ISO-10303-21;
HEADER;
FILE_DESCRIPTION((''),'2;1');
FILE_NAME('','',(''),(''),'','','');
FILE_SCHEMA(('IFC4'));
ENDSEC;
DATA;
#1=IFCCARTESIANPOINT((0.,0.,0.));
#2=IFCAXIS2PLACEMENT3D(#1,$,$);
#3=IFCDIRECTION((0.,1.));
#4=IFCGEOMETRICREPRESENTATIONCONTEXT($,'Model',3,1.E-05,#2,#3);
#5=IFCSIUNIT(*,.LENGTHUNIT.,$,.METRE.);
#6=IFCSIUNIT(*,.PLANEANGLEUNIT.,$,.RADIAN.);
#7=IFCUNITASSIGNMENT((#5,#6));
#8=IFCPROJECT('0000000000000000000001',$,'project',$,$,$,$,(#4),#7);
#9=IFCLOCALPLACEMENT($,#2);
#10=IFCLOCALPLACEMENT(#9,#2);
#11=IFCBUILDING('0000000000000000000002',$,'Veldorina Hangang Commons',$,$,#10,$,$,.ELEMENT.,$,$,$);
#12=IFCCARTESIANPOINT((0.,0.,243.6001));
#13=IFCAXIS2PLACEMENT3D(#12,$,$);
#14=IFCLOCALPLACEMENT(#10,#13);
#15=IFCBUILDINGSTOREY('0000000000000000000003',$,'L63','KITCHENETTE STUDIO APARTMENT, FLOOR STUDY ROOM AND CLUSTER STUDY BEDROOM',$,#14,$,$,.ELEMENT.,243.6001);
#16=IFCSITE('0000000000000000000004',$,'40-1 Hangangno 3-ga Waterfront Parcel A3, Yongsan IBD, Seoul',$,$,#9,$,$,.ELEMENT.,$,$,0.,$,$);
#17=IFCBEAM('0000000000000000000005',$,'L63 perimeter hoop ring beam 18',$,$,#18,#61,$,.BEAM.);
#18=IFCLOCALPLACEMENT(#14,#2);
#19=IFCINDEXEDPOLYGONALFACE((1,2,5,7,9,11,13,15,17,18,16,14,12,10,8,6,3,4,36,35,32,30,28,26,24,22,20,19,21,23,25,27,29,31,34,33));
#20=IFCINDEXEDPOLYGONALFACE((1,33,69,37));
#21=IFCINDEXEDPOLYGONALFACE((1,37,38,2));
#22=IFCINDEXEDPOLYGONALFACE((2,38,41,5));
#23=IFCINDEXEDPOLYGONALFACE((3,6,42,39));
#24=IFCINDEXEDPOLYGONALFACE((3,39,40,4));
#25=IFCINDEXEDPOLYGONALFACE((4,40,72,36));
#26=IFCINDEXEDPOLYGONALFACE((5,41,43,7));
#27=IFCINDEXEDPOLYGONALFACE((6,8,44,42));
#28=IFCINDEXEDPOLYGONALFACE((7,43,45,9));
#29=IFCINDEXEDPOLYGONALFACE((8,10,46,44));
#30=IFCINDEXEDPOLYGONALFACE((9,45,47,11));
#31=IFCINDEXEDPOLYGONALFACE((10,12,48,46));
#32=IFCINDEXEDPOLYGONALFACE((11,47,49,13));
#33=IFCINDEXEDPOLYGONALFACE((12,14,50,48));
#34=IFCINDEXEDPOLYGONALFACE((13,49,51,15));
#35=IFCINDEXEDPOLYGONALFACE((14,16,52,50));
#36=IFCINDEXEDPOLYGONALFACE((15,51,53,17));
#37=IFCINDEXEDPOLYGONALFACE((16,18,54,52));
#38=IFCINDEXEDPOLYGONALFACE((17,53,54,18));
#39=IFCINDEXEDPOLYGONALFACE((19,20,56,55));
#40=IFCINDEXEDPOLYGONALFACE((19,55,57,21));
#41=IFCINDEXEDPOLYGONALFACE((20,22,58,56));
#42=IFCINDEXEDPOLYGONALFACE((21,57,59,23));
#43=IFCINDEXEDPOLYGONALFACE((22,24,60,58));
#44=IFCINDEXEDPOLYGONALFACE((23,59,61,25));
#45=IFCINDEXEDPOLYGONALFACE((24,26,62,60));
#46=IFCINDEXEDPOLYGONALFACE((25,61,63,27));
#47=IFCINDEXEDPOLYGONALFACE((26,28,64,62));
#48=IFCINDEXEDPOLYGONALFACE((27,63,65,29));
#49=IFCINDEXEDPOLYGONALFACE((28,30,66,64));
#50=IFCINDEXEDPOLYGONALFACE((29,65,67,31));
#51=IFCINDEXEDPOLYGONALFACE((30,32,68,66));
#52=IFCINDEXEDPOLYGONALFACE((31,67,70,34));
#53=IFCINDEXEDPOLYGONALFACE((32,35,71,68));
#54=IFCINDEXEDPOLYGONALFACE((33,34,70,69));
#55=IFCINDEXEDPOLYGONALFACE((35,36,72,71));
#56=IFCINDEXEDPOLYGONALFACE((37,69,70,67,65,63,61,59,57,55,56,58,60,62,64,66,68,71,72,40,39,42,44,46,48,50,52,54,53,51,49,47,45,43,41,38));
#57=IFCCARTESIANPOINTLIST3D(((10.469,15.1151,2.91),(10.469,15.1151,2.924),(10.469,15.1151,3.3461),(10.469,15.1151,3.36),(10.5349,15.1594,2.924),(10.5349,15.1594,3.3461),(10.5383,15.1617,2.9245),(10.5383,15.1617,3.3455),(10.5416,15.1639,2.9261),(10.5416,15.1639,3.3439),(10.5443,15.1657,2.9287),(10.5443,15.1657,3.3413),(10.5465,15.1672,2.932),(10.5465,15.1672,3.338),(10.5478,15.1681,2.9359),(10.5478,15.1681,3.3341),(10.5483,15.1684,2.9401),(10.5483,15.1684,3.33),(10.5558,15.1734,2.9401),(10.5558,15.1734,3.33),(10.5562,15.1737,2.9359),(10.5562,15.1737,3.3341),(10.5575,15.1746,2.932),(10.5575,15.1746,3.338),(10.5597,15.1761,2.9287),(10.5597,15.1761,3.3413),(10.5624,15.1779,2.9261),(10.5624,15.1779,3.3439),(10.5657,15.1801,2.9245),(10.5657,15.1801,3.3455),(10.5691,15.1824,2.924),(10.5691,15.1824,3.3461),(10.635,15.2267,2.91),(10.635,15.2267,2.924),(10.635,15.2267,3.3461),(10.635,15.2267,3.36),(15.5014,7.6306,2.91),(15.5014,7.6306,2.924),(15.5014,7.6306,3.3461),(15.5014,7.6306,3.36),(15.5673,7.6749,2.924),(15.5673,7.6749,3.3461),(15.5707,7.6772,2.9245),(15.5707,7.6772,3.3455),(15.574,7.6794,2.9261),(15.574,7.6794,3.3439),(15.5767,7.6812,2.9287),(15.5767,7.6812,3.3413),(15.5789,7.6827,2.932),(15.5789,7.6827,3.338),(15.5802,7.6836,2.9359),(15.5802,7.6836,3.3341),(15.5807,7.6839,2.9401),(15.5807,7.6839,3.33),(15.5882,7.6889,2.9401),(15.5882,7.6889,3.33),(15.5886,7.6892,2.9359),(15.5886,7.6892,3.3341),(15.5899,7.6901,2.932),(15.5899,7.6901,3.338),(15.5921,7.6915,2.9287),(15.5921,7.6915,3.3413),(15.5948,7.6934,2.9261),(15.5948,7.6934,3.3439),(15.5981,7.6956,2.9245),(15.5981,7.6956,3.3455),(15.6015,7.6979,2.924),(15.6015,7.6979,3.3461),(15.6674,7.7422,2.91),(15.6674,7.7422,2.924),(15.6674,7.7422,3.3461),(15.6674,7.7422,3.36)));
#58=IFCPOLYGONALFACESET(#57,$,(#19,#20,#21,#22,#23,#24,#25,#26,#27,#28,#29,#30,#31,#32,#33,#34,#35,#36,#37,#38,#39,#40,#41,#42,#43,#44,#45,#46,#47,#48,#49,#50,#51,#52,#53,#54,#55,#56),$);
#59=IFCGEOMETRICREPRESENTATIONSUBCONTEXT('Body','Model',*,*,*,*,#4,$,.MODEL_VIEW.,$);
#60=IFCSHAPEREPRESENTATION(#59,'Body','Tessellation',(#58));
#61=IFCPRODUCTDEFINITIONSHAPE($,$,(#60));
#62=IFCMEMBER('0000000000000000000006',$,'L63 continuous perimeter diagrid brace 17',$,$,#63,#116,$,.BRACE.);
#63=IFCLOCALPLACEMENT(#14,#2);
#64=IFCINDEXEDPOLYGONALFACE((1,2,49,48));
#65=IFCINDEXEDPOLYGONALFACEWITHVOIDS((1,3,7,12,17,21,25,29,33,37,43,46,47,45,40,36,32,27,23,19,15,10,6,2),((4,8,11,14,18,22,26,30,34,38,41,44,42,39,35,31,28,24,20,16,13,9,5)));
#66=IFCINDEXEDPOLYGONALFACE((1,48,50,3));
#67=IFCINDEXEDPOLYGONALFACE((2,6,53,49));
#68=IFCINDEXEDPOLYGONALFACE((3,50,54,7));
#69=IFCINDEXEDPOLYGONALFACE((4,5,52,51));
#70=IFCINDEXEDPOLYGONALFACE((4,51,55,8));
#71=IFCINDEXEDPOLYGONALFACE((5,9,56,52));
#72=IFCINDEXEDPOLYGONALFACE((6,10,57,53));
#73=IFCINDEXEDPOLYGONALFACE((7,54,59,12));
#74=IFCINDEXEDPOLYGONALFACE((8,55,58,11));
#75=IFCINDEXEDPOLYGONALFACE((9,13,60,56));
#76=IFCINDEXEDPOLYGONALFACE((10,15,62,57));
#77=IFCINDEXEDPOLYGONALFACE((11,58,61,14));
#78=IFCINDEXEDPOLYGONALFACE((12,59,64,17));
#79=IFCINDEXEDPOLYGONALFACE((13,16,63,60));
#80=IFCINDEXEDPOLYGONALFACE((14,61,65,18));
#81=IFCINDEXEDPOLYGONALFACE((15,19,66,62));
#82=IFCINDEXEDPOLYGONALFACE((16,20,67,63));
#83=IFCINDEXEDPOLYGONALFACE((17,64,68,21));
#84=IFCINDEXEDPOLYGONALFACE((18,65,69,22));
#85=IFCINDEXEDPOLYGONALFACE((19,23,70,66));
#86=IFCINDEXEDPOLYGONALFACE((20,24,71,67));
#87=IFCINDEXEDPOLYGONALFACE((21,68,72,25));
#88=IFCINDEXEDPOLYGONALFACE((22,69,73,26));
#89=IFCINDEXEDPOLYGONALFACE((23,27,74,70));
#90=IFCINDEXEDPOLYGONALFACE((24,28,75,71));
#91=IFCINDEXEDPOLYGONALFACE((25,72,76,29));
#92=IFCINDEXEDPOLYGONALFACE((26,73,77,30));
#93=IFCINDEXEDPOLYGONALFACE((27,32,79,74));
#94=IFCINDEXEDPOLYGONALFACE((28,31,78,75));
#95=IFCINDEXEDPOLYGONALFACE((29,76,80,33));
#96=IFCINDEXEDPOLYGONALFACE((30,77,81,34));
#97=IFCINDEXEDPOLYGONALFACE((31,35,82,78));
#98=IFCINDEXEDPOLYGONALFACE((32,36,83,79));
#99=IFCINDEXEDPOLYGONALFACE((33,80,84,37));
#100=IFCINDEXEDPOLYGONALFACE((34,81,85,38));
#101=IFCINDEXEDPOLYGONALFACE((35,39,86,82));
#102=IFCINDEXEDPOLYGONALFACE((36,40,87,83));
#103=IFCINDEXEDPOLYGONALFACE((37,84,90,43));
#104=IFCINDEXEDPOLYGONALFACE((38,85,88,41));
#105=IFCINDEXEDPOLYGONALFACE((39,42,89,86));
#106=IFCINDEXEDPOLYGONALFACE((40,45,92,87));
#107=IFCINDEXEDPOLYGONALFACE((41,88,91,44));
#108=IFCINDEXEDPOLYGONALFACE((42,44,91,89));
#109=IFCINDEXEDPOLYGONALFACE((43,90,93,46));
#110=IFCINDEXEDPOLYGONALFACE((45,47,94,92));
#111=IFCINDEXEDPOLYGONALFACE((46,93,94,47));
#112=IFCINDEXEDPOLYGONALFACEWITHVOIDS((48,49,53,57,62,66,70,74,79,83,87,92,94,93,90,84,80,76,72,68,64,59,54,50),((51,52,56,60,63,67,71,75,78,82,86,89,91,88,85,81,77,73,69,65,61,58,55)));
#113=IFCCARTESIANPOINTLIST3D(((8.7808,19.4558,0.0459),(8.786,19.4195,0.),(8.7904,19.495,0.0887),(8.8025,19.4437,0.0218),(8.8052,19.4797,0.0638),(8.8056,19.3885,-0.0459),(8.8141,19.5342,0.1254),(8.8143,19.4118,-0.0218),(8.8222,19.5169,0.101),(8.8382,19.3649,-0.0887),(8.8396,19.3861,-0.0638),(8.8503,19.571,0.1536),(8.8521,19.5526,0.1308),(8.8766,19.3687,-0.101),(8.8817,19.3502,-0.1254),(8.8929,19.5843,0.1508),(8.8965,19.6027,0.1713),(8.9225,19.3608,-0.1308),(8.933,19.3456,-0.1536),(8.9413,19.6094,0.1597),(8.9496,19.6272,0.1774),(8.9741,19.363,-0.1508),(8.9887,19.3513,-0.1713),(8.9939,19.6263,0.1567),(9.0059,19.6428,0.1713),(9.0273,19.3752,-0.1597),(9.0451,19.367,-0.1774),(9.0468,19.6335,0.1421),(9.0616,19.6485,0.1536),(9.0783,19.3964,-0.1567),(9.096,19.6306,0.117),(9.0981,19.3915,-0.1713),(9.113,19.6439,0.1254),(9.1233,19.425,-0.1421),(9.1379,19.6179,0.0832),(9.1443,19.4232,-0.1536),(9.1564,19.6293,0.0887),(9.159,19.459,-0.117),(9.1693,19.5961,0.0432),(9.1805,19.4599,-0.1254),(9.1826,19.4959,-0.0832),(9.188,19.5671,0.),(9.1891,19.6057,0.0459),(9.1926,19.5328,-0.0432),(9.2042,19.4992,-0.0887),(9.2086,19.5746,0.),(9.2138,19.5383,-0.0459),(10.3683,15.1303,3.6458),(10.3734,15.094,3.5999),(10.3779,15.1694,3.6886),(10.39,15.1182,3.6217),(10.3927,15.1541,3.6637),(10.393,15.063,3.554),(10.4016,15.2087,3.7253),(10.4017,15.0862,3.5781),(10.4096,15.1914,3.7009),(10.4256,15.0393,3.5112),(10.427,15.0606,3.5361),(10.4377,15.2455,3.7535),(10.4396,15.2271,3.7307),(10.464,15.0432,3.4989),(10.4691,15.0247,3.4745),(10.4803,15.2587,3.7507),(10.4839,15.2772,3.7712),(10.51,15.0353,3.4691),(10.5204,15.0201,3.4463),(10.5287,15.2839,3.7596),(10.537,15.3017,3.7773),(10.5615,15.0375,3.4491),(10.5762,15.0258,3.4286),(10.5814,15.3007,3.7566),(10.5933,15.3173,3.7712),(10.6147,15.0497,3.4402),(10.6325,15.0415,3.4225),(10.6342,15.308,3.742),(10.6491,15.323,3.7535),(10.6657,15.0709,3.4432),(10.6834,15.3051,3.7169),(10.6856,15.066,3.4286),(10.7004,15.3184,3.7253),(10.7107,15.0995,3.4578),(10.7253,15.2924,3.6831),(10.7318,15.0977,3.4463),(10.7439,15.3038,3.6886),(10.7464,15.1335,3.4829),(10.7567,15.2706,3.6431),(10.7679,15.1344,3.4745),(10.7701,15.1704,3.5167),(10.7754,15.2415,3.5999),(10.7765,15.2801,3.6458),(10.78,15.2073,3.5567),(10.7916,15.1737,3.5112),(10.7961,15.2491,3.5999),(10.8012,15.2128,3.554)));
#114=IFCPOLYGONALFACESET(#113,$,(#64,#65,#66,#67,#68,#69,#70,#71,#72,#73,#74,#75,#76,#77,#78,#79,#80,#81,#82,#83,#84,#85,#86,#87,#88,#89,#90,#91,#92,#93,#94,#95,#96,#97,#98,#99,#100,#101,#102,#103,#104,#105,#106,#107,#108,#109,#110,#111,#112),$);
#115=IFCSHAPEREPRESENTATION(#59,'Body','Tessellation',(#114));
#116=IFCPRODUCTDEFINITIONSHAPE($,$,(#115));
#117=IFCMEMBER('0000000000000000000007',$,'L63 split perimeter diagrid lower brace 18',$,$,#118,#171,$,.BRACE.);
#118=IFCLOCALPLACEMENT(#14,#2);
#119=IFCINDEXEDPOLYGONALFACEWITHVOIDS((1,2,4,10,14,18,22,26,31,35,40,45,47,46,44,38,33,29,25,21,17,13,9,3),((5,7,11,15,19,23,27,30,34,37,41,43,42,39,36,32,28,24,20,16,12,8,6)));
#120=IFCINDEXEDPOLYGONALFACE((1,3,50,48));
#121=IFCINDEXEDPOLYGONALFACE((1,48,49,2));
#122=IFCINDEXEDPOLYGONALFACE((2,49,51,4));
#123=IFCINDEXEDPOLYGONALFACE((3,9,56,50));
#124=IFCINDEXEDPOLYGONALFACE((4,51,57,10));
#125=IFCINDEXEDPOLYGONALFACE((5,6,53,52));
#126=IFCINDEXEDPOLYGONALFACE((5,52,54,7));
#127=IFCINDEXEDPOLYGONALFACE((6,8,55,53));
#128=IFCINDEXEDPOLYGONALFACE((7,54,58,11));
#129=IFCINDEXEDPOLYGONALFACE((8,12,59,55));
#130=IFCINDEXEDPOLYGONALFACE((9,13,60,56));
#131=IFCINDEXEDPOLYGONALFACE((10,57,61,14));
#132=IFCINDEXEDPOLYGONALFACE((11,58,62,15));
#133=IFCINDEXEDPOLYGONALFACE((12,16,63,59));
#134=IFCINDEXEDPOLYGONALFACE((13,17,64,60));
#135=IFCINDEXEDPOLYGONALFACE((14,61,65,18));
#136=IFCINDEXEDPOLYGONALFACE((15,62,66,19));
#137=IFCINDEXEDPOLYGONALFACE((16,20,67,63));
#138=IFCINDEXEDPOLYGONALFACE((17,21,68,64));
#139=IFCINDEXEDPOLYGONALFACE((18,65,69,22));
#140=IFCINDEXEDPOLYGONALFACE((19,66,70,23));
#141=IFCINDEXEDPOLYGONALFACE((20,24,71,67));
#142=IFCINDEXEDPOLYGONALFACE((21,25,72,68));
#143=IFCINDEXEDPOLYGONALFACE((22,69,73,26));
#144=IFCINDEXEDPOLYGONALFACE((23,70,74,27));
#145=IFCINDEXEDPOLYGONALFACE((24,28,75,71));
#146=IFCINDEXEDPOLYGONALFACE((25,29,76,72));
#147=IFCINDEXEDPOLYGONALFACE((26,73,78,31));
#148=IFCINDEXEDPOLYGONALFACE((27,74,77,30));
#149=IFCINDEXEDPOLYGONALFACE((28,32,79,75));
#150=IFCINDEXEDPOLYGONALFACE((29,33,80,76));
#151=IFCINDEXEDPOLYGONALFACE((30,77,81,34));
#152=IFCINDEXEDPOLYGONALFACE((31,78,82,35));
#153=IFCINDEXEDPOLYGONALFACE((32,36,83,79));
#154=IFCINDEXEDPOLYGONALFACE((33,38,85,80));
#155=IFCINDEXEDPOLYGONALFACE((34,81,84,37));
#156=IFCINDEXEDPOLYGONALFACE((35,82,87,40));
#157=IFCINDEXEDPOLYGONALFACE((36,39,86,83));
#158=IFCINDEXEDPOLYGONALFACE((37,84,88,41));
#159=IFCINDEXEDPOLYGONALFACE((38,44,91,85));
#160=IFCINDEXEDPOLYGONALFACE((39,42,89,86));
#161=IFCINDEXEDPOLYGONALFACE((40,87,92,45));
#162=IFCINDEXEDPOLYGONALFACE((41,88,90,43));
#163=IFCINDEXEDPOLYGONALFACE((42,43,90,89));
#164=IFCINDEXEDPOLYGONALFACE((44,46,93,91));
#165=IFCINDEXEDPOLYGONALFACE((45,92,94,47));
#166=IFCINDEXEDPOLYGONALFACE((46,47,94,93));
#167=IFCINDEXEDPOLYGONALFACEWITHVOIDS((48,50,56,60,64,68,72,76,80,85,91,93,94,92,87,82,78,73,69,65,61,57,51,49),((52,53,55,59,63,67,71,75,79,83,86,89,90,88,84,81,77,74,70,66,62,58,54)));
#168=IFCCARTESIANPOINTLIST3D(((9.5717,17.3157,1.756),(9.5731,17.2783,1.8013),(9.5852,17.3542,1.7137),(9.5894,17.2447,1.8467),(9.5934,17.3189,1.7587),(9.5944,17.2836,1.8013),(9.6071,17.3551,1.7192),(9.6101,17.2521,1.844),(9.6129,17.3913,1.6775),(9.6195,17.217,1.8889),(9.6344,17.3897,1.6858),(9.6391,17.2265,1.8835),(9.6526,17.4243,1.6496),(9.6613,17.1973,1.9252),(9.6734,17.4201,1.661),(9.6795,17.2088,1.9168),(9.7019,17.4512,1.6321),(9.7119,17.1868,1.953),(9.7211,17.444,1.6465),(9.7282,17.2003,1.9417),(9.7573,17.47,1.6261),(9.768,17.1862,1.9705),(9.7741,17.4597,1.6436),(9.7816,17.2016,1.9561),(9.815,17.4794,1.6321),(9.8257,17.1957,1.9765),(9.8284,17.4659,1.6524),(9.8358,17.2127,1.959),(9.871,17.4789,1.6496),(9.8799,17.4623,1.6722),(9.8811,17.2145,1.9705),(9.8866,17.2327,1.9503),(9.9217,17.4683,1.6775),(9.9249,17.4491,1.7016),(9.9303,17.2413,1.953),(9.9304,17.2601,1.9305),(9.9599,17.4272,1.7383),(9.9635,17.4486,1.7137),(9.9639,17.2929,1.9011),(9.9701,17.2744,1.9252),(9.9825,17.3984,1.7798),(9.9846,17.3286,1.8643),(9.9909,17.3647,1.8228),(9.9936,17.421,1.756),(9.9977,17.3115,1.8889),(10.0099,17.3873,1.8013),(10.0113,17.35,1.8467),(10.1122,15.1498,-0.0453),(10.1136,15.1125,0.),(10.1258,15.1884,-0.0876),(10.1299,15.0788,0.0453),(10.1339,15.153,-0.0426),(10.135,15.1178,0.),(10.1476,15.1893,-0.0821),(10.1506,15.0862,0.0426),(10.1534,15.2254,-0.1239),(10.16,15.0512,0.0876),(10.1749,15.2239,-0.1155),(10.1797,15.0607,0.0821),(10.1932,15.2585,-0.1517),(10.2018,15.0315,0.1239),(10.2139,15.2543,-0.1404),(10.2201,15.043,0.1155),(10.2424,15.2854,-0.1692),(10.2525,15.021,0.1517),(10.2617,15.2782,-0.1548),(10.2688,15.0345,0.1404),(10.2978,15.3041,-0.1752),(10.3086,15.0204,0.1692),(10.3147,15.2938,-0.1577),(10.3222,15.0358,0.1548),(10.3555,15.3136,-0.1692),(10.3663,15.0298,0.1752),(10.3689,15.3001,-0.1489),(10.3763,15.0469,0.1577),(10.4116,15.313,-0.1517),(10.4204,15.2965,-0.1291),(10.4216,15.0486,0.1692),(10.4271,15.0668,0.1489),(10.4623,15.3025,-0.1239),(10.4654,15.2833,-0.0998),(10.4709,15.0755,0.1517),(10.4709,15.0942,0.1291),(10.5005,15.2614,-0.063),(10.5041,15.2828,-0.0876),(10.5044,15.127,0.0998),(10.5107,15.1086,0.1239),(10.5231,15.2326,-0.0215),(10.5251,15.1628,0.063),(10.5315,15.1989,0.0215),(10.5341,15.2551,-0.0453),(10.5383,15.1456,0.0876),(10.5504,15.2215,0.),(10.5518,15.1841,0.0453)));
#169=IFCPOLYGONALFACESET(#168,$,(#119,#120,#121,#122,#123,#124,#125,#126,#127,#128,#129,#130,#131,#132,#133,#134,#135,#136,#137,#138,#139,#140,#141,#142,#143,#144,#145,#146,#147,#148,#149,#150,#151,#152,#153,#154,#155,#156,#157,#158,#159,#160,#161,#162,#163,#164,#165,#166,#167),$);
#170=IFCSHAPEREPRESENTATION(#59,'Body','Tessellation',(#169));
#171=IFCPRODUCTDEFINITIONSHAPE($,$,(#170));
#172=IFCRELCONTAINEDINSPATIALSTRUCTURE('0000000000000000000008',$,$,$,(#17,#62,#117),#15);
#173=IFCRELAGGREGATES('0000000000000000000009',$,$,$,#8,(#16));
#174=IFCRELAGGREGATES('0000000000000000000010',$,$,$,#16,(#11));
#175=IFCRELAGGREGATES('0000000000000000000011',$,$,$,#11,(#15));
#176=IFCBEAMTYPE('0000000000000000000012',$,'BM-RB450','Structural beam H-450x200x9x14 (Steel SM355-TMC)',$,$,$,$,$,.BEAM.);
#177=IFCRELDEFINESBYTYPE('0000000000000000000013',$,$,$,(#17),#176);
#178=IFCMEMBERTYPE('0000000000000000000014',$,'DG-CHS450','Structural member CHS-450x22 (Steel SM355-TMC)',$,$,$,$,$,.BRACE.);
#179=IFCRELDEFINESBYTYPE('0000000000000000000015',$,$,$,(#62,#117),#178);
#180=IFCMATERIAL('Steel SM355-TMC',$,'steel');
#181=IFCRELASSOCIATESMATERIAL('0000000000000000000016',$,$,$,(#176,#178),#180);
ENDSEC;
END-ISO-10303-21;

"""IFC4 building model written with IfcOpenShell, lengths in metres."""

from ifc_helpers import new_model, si_unit, direction, frame, origin, origin_2d, place, context, subcontext, project, spatial, hollow_circle, i_section, extrude, material, material_profile, profile_set, type_object, element, save


model = new_model("IFC4")

# Units and contexts
model_context = context("Model", 3, precision=1e-05, world=origin(), true_north=direction((0.0, 1.0)))
body_context = subcontext(model_context, "Body", "Model", "MODEL_VIEW")
ifc_project = project(units=[si_unit("LENGTHUNIT", "METRE"), si_unit("PLANEANGLEUNIT", "RADIAN")], contexts=[model_context])

# Site, building, storey
site_placement = place(None, origin())
site = spatial("IfcSite", under=ifc_project, at=site_placement, Name="40-1 Hangangno 3-ga Waterfront Parcel A3, Yongsan IBD, Seoul", CompositionType="ELEMENT", RefElevation=0.0)
building_placement = place(site_placement, origin())
building = spatial("IfcBuilding", under=site, at=building_placement, Name="Veldorina Hangang Commons", CompositionType="ELEMENT")
storey_placement = place(building_placement, frame((0.0, 0.0, 243.6001)))
storey = spatial("IfcBuildingStorey", under=building, at=storey_placement, Name="L63", Description="KITCHENETTE STUDIO APARTMENT, FLOOR STUDY ROOM AND CLUSTER STUDY BEDROOM", CompositionType="ELEMENT", Elevation=243.6001)

# Beam
ifc_material_1 = material(Name="Steel SM355-TMC", Category="steel")
ifc_material_profile_1 = material_profile(ifc_material_1, i_section(OverallWidth=0.2, OverallDepth=0.45, WebThickness=0.009, FlangeThickness=0.0139, FilletRadius=0.0161, at=origin_2d()), Name="H-450x200x9x14")
ifc_profile_set_1 = profile_set([ifc_material_profile_1], Name="Steel SM355-TMC")
beam_type = type_object("IfcBeamType", Name="BM-RB450", Description="Structural beam H-450x200x9x14 (Steel SM355-TMC)", PredefinedType="BEAM", material=ifc_profile_set_1)
beam_placement = place(storey_placement, frame((10.552, 15.1709, 3.135), z_axis=(0.557975, -0.829857, 0.0), x_axis=(0.829857, 0.557975, 0.0)))
element("IfcBeam", 1, at=beam_placement, inside=storey, type_object=beam_type, Name="L63 perimeter hoop ring beam 18", PredefinedType="BEAM", context=body_context, shape_type="SweptSolid", body=[
    extrude(i_section(OverallWidth=0.2, OverallDepth=0.45, WebThickness=0.009, FlangeThickness=0.0139, FilletRadius=0.0161, at=origin_2d()), origin(), (0.0, 0.0, 1.0), 9.019),
])

# Members
ifc_material_profile_2 = material_profile(ifc_material_1, hollow_circle(Radius=0.2251, WallThickness=0.022, at=origin_2d()), Name="CHS-450x22")
ifc_profile_set_2 = profile_set([ifc_material_profile_2], Name="Steel SM355-TMC")
member_type_1 = type_object("IfcMemberType", Name="DG-CHS450", Description="Structural member CHS-450x22 (Steel SM355-TMC)", PredefinedType="BRACE", material=ifc_profile_set_2)
member_1_placement = place(storey_placement, frame((8.9973, 19.4971, 0.0), z_axis=(0.271487, -0.739762, 0.615668), x_axis=(0.938778, 0.344524, 0.0)))
element("IfcMember", 2, at=member_1_placement, inside=storey, type_object=member_type_1, Name="L63 continuous perimeter diagrid brace 17", PredefinedType="BRACE", context=body_context, shape_type="SweptSolid", body=[
    extrude(hollow_circle(Radius=0.2251, WallThickness=0.022, at=origin_2d()), origin(), (0.0, 0.0, 1.0), 5.8472),
])
member_2_placement = place(storey_placement, frame((10.332, 15.167, 0.0), z_axis=(-0.188447, 0.755064, 0.627986), x_axis=(-0.970239, -0.24215, 0.0)))
element("IfcMember", 3, at=member_2_placement, inside=storey, type_object=member_type_1, Name="L63 split perimeter diagrid lower brace 18", PredefinedType="BRACE", context=body_context, shape_type="SweptSolid", body=[
    extrude(hollow_circle(Radius=0.2251, WallThickness=0.022, at=origin_2d()), origin(), (0.0, 0.0, 1.0), 2.8684),
])

save(model, "model.ifc")
